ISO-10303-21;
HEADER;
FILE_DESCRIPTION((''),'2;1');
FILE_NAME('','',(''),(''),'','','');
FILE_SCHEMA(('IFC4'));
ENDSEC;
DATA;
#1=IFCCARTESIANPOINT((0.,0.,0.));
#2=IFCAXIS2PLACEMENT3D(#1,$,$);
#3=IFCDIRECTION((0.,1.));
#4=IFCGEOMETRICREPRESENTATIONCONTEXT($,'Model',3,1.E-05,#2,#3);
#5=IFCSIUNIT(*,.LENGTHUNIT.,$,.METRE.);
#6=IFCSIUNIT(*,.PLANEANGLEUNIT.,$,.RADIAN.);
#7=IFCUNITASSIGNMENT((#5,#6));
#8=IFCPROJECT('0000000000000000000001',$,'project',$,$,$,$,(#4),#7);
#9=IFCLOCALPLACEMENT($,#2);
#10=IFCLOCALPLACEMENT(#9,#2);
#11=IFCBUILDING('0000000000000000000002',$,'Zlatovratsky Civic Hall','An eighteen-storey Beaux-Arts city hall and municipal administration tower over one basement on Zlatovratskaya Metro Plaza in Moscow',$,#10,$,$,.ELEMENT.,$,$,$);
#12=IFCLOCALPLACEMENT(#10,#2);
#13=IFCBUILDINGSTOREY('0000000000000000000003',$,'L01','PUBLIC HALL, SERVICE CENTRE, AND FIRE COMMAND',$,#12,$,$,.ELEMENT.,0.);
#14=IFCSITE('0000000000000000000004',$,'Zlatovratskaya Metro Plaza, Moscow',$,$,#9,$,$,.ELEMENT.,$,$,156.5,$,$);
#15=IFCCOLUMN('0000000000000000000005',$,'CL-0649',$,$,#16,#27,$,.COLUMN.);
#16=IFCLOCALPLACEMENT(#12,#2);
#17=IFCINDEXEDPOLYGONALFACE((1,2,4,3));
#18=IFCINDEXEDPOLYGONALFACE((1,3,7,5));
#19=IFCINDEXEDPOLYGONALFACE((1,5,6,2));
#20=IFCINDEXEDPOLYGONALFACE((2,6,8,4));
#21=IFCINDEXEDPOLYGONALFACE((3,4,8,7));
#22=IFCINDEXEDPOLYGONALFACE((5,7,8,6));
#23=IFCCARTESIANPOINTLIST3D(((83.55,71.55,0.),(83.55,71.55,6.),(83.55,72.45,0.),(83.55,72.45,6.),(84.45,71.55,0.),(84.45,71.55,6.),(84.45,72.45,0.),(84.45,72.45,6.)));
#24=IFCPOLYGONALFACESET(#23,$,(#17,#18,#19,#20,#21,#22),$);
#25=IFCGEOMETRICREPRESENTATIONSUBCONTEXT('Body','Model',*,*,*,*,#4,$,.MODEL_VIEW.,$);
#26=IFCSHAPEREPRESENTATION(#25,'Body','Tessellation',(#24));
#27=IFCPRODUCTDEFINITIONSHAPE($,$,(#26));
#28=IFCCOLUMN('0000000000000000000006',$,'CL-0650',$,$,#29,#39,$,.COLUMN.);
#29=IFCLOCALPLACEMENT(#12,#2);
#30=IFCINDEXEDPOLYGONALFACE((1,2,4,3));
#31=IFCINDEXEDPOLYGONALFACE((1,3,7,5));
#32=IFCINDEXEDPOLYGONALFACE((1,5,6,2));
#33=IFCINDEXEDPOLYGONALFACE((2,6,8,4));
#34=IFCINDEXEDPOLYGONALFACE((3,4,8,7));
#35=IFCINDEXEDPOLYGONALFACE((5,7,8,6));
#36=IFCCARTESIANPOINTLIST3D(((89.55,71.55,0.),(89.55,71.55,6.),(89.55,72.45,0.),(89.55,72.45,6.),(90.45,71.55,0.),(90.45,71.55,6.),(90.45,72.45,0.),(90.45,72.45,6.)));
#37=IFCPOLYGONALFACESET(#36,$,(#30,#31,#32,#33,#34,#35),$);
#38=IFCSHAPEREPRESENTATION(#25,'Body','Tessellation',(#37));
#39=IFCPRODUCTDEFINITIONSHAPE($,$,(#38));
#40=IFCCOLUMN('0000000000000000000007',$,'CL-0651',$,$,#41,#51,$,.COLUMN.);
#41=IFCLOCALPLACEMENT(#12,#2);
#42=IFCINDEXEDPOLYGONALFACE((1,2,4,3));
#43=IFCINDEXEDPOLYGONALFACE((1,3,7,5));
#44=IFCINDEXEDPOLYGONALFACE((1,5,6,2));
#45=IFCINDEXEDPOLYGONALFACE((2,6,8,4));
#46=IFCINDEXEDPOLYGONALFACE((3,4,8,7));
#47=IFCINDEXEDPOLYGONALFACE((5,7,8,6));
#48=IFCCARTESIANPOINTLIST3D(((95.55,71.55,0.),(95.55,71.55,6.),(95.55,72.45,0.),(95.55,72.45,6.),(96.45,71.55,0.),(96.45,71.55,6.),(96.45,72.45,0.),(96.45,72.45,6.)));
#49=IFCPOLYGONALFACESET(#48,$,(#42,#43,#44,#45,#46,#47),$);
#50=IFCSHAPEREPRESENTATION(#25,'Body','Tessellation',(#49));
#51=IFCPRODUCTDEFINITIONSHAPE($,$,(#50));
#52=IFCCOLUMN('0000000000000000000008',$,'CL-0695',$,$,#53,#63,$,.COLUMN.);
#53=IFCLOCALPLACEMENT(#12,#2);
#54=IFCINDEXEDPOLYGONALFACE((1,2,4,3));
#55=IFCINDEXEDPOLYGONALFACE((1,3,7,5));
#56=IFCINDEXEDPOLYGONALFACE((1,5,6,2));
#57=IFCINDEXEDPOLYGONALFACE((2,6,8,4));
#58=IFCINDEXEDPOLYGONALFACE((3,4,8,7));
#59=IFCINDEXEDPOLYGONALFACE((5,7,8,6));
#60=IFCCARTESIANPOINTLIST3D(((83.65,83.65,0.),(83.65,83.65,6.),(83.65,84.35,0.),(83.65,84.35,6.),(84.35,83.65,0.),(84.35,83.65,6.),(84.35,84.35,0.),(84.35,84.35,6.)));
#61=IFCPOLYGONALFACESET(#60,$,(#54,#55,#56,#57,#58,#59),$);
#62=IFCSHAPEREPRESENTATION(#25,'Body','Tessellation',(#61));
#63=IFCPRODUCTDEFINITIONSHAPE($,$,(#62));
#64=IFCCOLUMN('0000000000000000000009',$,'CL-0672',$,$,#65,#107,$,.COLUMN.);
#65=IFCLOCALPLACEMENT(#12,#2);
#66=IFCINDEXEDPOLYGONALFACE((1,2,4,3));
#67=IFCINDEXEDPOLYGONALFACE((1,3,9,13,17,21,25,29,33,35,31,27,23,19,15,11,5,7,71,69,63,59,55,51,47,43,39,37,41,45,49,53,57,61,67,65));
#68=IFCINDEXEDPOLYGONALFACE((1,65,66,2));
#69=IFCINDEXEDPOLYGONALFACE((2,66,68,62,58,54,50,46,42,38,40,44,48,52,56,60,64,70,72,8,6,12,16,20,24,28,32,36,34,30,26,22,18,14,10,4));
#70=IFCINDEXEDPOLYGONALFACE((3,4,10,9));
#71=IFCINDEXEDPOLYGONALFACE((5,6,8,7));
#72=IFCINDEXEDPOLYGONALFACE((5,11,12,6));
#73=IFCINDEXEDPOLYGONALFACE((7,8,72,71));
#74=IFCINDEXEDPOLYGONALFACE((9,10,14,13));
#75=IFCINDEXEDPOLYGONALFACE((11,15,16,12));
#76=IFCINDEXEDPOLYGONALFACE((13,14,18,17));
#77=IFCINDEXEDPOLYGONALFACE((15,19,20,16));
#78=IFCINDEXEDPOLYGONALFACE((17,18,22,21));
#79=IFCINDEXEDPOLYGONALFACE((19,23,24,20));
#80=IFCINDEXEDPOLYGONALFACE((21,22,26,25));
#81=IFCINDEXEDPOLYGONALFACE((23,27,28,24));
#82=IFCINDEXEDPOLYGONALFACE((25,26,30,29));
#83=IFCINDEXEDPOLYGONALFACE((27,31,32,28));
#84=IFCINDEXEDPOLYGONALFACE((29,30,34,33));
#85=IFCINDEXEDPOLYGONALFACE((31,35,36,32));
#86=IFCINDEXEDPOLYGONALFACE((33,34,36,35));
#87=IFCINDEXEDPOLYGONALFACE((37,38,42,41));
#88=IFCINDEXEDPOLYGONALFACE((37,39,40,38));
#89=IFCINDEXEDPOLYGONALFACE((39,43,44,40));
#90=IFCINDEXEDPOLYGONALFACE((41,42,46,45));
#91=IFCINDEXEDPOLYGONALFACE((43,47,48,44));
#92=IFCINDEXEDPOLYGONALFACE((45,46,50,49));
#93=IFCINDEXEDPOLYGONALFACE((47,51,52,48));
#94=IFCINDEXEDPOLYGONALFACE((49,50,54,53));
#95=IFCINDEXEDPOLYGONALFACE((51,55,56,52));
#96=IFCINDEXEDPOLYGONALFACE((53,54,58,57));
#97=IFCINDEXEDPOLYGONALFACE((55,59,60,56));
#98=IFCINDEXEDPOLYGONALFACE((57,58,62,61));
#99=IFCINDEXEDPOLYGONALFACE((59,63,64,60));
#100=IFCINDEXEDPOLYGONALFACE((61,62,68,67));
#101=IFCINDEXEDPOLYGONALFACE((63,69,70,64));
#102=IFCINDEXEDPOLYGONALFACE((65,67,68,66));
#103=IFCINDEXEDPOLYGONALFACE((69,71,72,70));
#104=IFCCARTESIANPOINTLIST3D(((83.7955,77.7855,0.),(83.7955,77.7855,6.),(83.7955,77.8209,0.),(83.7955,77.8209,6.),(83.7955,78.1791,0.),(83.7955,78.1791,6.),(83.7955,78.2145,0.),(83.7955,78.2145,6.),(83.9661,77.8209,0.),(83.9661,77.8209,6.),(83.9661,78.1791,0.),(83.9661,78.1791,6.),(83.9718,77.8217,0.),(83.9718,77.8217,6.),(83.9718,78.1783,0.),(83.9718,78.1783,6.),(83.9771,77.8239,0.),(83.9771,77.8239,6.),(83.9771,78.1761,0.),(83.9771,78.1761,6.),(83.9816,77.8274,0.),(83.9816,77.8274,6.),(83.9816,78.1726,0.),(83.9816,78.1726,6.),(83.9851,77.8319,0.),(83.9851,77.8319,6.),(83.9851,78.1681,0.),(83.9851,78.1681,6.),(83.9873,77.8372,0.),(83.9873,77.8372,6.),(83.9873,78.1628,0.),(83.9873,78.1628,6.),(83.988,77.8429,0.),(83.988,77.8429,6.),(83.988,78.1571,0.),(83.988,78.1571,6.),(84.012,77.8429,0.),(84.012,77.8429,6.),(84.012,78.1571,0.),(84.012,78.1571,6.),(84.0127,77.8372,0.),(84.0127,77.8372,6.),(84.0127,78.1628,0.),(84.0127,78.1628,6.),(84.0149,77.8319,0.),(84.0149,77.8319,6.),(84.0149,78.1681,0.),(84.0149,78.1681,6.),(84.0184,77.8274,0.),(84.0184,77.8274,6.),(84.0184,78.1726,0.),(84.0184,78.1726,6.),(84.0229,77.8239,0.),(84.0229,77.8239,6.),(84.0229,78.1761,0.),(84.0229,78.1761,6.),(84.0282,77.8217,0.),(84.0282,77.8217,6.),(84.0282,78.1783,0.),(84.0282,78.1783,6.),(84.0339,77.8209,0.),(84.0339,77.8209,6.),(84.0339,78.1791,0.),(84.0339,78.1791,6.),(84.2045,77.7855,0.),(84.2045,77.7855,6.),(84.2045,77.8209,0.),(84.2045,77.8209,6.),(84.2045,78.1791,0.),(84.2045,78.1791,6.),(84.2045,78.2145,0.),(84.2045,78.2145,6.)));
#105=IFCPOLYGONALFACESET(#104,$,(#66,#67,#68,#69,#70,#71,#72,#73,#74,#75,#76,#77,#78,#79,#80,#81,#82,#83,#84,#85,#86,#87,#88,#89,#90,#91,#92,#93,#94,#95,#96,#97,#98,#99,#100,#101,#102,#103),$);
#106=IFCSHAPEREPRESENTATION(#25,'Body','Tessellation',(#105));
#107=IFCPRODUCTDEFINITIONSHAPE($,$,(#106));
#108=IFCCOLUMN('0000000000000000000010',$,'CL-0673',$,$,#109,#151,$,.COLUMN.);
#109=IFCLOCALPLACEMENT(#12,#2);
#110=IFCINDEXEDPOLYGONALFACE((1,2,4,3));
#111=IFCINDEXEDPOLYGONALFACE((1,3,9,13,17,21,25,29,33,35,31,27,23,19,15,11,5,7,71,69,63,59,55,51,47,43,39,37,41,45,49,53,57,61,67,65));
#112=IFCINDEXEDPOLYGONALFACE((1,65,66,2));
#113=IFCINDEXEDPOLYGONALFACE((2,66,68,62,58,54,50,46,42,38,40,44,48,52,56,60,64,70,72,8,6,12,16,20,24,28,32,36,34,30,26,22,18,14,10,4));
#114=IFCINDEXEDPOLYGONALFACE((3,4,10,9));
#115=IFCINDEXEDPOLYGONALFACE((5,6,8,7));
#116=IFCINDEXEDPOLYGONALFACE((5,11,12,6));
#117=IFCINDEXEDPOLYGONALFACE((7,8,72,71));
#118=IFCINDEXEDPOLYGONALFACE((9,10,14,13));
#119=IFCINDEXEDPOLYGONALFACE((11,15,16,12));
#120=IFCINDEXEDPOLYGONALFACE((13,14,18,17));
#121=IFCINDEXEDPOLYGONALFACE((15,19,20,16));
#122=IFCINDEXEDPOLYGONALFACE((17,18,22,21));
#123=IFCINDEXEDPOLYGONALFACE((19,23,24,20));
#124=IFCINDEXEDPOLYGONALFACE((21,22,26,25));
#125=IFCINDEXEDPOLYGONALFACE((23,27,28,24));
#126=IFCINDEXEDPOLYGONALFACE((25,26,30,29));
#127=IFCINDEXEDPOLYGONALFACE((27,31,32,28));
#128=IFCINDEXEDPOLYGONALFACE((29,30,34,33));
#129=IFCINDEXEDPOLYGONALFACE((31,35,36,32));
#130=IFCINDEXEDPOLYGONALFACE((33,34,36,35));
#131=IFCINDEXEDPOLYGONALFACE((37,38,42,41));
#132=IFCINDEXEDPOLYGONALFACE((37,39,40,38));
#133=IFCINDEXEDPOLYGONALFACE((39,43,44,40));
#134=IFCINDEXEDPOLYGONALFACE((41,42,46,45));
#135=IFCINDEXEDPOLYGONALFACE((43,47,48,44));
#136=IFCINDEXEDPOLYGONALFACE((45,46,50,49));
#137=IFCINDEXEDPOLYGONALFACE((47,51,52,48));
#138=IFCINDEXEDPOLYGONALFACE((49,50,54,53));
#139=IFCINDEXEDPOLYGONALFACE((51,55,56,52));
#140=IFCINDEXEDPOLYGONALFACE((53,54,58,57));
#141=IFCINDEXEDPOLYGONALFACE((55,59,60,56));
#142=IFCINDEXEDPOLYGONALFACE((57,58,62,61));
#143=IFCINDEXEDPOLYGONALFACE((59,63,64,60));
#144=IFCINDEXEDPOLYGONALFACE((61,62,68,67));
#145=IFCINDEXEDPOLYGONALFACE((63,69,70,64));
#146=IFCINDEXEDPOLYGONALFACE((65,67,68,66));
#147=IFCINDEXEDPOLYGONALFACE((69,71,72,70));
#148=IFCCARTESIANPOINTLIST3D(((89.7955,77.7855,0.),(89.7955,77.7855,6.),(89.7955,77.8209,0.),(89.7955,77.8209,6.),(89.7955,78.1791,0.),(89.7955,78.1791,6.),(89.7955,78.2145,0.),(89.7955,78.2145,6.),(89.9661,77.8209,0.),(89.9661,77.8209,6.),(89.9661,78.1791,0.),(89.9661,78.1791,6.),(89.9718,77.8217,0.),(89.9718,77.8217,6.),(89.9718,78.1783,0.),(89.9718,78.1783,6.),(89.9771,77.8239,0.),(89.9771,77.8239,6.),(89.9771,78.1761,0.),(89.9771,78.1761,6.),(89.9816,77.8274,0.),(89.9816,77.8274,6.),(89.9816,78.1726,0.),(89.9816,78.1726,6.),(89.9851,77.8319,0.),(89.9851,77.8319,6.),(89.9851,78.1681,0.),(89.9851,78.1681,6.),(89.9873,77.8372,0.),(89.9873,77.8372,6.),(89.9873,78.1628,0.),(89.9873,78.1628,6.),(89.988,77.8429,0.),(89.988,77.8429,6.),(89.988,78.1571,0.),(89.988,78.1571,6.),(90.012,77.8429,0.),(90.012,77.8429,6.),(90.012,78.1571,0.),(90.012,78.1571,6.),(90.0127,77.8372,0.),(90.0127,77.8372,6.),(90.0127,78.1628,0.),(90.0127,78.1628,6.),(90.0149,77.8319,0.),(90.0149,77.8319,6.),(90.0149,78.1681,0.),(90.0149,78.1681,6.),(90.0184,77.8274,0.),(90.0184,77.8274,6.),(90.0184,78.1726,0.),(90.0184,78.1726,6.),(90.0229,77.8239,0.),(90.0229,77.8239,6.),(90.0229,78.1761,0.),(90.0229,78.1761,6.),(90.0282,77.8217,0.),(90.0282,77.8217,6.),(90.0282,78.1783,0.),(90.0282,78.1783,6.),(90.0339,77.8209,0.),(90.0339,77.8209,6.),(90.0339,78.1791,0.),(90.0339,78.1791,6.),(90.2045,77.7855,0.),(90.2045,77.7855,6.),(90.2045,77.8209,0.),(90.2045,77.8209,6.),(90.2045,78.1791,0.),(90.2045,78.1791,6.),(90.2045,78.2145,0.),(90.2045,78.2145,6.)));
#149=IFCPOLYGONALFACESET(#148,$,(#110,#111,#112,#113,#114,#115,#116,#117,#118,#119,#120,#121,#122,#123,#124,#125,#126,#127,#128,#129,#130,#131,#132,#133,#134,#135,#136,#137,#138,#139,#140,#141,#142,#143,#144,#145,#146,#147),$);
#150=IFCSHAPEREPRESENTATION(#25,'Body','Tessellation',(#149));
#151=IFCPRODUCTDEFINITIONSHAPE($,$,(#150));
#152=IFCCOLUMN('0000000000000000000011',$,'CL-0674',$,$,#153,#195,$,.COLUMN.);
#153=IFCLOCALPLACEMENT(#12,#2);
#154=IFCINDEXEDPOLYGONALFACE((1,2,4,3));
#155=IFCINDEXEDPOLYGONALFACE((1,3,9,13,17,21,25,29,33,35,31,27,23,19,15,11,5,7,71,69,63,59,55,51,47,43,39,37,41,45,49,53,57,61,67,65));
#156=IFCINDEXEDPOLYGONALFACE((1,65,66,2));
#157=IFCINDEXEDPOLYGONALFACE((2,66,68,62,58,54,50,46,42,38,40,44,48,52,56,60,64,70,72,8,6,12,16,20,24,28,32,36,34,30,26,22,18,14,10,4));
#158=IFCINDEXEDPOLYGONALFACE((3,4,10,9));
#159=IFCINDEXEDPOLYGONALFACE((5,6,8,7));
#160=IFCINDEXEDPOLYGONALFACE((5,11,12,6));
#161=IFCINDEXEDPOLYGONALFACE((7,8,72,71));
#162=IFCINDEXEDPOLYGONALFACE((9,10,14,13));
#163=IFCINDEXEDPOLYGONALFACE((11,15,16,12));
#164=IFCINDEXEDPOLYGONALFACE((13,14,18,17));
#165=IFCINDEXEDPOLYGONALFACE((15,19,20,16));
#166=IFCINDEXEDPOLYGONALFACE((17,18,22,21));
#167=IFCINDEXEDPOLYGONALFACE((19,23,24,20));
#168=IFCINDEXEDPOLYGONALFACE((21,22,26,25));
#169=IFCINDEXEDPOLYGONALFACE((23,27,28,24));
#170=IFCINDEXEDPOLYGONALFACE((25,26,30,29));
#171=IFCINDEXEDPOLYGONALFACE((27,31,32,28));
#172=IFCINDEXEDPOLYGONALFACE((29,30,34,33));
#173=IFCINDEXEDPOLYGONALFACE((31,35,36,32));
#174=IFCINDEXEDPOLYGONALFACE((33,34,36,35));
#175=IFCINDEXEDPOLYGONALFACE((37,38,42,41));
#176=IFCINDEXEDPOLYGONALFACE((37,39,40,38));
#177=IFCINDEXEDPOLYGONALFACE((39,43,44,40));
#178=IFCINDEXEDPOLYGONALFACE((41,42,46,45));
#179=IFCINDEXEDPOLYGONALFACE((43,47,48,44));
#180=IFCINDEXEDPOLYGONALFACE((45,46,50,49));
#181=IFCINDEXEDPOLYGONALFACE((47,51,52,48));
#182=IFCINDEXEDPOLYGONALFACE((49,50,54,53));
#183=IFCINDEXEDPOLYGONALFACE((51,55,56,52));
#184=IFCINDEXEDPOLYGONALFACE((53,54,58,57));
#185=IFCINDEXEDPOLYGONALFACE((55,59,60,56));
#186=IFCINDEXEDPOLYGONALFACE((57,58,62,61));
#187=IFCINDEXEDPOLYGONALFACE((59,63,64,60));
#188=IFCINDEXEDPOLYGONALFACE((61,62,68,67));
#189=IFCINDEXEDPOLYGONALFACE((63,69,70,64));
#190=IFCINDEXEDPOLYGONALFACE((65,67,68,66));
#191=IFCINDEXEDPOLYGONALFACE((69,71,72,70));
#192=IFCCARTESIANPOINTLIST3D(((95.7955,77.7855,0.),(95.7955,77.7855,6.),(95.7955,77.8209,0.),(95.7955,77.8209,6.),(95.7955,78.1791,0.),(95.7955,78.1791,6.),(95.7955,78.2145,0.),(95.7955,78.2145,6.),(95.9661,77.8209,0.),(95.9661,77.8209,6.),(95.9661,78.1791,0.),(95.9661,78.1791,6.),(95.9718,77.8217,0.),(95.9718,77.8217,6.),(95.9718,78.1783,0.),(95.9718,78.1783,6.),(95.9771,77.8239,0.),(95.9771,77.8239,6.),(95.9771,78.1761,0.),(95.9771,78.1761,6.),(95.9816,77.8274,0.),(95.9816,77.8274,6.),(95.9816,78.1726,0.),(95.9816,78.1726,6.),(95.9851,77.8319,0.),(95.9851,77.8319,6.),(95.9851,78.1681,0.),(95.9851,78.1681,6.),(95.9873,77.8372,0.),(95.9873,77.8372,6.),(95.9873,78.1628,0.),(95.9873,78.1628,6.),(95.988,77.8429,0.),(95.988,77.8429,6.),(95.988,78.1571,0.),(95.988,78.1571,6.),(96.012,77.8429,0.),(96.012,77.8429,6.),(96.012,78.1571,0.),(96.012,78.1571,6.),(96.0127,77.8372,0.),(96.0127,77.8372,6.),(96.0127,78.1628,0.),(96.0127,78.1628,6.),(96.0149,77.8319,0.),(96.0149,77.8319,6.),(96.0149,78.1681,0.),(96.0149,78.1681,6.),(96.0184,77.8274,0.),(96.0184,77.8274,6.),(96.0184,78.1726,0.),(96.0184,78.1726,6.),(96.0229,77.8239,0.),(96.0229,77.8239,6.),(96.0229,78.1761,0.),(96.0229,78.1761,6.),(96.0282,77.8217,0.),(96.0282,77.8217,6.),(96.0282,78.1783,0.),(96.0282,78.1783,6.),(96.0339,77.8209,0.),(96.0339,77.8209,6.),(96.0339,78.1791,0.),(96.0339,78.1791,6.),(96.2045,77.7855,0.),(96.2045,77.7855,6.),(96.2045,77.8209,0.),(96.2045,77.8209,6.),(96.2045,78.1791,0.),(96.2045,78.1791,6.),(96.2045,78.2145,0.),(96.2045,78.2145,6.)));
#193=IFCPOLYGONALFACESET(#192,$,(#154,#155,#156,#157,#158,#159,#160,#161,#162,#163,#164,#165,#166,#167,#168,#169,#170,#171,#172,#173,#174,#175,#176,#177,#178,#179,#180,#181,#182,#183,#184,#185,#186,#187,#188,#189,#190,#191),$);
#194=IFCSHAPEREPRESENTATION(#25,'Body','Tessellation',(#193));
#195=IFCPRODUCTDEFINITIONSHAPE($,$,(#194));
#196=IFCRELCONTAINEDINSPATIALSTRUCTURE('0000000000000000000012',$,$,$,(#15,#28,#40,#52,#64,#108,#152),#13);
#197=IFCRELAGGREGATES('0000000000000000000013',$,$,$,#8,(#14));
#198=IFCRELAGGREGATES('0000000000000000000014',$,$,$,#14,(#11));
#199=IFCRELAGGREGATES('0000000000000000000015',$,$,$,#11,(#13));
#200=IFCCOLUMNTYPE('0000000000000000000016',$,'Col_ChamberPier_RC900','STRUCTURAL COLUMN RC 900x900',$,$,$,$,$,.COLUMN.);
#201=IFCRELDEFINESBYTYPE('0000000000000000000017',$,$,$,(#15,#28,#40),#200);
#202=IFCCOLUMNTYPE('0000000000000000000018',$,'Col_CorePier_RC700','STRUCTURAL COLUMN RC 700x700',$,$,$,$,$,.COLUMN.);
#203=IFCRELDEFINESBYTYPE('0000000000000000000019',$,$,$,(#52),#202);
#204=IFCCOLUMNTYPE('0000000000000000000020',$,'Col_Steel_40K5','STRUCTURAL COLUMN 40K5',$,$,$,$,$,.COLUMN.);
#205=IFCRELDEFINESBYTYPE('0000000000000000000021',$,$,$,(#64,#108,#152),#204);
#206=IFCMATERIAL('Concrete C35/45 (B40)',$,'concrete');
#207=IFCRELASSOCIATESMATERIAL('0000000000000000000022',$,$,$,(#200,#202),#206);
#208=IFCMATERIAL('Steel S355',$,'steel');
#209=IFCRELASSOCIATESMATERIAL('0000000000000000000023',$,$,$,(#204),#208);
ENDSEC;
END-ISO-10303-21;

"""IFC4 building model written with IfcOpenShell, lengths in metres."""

from ifc_helpers import new_model, si_unit, direction, frame, origin, origin_2d, place, context, subcontext, project, spatial, rectangle, i_section, extrude, material, material_profile, profile_set, type_object, element, save


model = new_model("IFC4")

# Units and contexts
model_context = context("Model", 3, precision=1e-05, world=origin(), true_north=direction((0.0, 1.0)))
body_context = subcontext(model_context, "Body", "Model", "MODEL_VIEW")
ifc_project = project(units=[si_unit("LENGTHUNIT", "METRE"), si_unit("PLANEANGLEUNIT", "RADIAN")], contexts=[model_context])

# Site, building, storey
site_placement = place(None, origin())
site = spatial("IfcSite", under=ifc_project, at=site_placement, Name="Zlatovratskaya Metro Plaza, Moscow", CompositionType="ELEMENT", RefElevation=156.5)
building_placement = place(site_placement, origin())
building = spatial("IfcBuilding", under=site, at=building_placement, Name="Zlatovratsky Civic Hall", Description="An eighteen-storey Beaux-Arts city hall and municipal administration tower over one basement on Zlatovratskaya Metro Plaza in Moscow", CompositionType="ELEMENT")
storey_placement = place(building_placement, origin())
storey = spatial("IfcBuildingStorey", under=building, at=storey_placement, Name="L01", Description="PUBLIC HALL, SERVICE CENTRE, AND FIRE COMMAND", CompositionType="ELEMENT", Elevation=0.0)

# Columns
ifc_material_1 = material(Name="Concrete C35/45 (B40)", Category="concrete")
ifc_material_profile_1 = material_profile(ifc_material_1, rectangle(XDim=0.8999, YDim=0.8999, at=origin_2d()), Name="RC 900x900")
ifc_profile_set_1 = profile_set([ifc_material_profile_1], Name="Concrete C35/45 (B40)")
column_type_1 = type_object("IfcColumnType", Name="Col_ChamberPier_RC900", Description="STRUCTURAL COLUMN RC 900x900", PredefinedType="COLUMN", material=ifc_profile_set_1)
for number, where, z_axis, x_axis, name in (
    (1, (84.0, 72.0, 0.0), (0.0, 0.0, 1.0), (1.0, 0.0, 0.0), "CL-0649"),
    (2, (90.0, 72.0, 0.0), (0.0, 0.0, 1.0), (1.0, 0.0, 0.0), "CL-0650"),
    (3, (96.0, 72.0, 0.0), (0.0, 0.0, 1.0), (1.0, 0.0, 0.0), "CL-0651"),
):
    element("IfcColumn", number, at=place(storey_placement, frame(where, z_axis=z_axis, x_axis=x_axis)), inside=storey, type_object=column_type_1, Name=name, PredefinedType="COLUMN", context=body_context, shape_type="SweptSolid", body=[
        extrude(rectangle(XDim=0.8999, YDim=0.8999, at=origin_2d()), origin(), (0.0, 0.0, 1.0), 6.0),
    ])
ifc_material_profile_2 = material_profile(ifc_material_1, rectangle(XDim=0.7, YDim=0.7, at=origin_2d()), Name="RC 700x700")
ifc_profile_set_2 = profile_set([ifc_material_profile_2], Name="Concrete C35/45 (B40)")
column_type_2 = type_object("IfcColumnType", Name="Col_CorePier_RC700", Description="STRUCTURAL COLUMN RC 700x700", PredefinedType="COLUMN", material=ifc_profile_set_2)
column_placement = place(storey_placement, frame((84.0, 84.0, 0.0), z_axis=(0.0, 0.0, 1.0), x_axis=(1.0, 0.0, 0.0)))
element("IfcColumn", 4, at=column_placement, inside=storey, type_object=column_type_2, Name="CL-0695", PredefinedType="COLUMN", context=body_context, shape_type="SweptSolid", body=[
    extrude(rectangle(XDim=0.7, YDim=0.7, at=origin_2d()), origin(), (0.0, 0.0, 1.0), 6.0),
])
ifc_material_2 = material(Name="Steel S355", Category="steel")
ifc_material_profile_3 = material_profile(ifc_material_2, i_section(OverallWidth=0.4089, OverallDepth=0.429, WebThickness=0.0239, FlangeThickness=0.0354, FilletRadius=0.022, at=origin_2d()), Name="40K5")
ifc_profile_set_3 = profile_set([ifc_material_profile_3], Name="Steel S355")
column_type_3 = type_object("IfcColumnType", Name="Col_Steel_40K5", Description="STRUCTURAL COLUMN 40K5", PredefinedType="COLUMN", material=ifc_profile_set_3)
for number, where, z_axis, x_axis, name in (
    (5, (84.0, 78.0, 0.0), (0.0, 0.0, 1.0), (1.0, 0.0, 0.0), "CL-0672"),
    (6, (90.0, 78.0, 0.0), (0.0, 0.0, 1.0), (1.0, 0.0, 0.0), "CL-0673"),
    (7, (96.0, 78.0, 0.0), (0.0, 0.0, 1.0), (1.0, 0.0, 0.0), "CL-0674"),
):
    element("IfcColumn", number, at=place(storey_placement, frame(where, z_axis=z_axis, x_axis=x_axis)), inside=storey, type_object=column_type_3, Name=name, PredefinedType="COLUMN", context=body_context, shape_type="SweptSolid", body=[
        extrude(i_section(OverallWidth=0.4089, OverallDepth=0.429, WebThickness=0.0239, FlangeThickness=0.0354, FilletRadius=0.022, at=origin_2d()), origin(), (0.0, 0.0, 1.0), 6.0),
    ])

save(model, "model.ifc")
